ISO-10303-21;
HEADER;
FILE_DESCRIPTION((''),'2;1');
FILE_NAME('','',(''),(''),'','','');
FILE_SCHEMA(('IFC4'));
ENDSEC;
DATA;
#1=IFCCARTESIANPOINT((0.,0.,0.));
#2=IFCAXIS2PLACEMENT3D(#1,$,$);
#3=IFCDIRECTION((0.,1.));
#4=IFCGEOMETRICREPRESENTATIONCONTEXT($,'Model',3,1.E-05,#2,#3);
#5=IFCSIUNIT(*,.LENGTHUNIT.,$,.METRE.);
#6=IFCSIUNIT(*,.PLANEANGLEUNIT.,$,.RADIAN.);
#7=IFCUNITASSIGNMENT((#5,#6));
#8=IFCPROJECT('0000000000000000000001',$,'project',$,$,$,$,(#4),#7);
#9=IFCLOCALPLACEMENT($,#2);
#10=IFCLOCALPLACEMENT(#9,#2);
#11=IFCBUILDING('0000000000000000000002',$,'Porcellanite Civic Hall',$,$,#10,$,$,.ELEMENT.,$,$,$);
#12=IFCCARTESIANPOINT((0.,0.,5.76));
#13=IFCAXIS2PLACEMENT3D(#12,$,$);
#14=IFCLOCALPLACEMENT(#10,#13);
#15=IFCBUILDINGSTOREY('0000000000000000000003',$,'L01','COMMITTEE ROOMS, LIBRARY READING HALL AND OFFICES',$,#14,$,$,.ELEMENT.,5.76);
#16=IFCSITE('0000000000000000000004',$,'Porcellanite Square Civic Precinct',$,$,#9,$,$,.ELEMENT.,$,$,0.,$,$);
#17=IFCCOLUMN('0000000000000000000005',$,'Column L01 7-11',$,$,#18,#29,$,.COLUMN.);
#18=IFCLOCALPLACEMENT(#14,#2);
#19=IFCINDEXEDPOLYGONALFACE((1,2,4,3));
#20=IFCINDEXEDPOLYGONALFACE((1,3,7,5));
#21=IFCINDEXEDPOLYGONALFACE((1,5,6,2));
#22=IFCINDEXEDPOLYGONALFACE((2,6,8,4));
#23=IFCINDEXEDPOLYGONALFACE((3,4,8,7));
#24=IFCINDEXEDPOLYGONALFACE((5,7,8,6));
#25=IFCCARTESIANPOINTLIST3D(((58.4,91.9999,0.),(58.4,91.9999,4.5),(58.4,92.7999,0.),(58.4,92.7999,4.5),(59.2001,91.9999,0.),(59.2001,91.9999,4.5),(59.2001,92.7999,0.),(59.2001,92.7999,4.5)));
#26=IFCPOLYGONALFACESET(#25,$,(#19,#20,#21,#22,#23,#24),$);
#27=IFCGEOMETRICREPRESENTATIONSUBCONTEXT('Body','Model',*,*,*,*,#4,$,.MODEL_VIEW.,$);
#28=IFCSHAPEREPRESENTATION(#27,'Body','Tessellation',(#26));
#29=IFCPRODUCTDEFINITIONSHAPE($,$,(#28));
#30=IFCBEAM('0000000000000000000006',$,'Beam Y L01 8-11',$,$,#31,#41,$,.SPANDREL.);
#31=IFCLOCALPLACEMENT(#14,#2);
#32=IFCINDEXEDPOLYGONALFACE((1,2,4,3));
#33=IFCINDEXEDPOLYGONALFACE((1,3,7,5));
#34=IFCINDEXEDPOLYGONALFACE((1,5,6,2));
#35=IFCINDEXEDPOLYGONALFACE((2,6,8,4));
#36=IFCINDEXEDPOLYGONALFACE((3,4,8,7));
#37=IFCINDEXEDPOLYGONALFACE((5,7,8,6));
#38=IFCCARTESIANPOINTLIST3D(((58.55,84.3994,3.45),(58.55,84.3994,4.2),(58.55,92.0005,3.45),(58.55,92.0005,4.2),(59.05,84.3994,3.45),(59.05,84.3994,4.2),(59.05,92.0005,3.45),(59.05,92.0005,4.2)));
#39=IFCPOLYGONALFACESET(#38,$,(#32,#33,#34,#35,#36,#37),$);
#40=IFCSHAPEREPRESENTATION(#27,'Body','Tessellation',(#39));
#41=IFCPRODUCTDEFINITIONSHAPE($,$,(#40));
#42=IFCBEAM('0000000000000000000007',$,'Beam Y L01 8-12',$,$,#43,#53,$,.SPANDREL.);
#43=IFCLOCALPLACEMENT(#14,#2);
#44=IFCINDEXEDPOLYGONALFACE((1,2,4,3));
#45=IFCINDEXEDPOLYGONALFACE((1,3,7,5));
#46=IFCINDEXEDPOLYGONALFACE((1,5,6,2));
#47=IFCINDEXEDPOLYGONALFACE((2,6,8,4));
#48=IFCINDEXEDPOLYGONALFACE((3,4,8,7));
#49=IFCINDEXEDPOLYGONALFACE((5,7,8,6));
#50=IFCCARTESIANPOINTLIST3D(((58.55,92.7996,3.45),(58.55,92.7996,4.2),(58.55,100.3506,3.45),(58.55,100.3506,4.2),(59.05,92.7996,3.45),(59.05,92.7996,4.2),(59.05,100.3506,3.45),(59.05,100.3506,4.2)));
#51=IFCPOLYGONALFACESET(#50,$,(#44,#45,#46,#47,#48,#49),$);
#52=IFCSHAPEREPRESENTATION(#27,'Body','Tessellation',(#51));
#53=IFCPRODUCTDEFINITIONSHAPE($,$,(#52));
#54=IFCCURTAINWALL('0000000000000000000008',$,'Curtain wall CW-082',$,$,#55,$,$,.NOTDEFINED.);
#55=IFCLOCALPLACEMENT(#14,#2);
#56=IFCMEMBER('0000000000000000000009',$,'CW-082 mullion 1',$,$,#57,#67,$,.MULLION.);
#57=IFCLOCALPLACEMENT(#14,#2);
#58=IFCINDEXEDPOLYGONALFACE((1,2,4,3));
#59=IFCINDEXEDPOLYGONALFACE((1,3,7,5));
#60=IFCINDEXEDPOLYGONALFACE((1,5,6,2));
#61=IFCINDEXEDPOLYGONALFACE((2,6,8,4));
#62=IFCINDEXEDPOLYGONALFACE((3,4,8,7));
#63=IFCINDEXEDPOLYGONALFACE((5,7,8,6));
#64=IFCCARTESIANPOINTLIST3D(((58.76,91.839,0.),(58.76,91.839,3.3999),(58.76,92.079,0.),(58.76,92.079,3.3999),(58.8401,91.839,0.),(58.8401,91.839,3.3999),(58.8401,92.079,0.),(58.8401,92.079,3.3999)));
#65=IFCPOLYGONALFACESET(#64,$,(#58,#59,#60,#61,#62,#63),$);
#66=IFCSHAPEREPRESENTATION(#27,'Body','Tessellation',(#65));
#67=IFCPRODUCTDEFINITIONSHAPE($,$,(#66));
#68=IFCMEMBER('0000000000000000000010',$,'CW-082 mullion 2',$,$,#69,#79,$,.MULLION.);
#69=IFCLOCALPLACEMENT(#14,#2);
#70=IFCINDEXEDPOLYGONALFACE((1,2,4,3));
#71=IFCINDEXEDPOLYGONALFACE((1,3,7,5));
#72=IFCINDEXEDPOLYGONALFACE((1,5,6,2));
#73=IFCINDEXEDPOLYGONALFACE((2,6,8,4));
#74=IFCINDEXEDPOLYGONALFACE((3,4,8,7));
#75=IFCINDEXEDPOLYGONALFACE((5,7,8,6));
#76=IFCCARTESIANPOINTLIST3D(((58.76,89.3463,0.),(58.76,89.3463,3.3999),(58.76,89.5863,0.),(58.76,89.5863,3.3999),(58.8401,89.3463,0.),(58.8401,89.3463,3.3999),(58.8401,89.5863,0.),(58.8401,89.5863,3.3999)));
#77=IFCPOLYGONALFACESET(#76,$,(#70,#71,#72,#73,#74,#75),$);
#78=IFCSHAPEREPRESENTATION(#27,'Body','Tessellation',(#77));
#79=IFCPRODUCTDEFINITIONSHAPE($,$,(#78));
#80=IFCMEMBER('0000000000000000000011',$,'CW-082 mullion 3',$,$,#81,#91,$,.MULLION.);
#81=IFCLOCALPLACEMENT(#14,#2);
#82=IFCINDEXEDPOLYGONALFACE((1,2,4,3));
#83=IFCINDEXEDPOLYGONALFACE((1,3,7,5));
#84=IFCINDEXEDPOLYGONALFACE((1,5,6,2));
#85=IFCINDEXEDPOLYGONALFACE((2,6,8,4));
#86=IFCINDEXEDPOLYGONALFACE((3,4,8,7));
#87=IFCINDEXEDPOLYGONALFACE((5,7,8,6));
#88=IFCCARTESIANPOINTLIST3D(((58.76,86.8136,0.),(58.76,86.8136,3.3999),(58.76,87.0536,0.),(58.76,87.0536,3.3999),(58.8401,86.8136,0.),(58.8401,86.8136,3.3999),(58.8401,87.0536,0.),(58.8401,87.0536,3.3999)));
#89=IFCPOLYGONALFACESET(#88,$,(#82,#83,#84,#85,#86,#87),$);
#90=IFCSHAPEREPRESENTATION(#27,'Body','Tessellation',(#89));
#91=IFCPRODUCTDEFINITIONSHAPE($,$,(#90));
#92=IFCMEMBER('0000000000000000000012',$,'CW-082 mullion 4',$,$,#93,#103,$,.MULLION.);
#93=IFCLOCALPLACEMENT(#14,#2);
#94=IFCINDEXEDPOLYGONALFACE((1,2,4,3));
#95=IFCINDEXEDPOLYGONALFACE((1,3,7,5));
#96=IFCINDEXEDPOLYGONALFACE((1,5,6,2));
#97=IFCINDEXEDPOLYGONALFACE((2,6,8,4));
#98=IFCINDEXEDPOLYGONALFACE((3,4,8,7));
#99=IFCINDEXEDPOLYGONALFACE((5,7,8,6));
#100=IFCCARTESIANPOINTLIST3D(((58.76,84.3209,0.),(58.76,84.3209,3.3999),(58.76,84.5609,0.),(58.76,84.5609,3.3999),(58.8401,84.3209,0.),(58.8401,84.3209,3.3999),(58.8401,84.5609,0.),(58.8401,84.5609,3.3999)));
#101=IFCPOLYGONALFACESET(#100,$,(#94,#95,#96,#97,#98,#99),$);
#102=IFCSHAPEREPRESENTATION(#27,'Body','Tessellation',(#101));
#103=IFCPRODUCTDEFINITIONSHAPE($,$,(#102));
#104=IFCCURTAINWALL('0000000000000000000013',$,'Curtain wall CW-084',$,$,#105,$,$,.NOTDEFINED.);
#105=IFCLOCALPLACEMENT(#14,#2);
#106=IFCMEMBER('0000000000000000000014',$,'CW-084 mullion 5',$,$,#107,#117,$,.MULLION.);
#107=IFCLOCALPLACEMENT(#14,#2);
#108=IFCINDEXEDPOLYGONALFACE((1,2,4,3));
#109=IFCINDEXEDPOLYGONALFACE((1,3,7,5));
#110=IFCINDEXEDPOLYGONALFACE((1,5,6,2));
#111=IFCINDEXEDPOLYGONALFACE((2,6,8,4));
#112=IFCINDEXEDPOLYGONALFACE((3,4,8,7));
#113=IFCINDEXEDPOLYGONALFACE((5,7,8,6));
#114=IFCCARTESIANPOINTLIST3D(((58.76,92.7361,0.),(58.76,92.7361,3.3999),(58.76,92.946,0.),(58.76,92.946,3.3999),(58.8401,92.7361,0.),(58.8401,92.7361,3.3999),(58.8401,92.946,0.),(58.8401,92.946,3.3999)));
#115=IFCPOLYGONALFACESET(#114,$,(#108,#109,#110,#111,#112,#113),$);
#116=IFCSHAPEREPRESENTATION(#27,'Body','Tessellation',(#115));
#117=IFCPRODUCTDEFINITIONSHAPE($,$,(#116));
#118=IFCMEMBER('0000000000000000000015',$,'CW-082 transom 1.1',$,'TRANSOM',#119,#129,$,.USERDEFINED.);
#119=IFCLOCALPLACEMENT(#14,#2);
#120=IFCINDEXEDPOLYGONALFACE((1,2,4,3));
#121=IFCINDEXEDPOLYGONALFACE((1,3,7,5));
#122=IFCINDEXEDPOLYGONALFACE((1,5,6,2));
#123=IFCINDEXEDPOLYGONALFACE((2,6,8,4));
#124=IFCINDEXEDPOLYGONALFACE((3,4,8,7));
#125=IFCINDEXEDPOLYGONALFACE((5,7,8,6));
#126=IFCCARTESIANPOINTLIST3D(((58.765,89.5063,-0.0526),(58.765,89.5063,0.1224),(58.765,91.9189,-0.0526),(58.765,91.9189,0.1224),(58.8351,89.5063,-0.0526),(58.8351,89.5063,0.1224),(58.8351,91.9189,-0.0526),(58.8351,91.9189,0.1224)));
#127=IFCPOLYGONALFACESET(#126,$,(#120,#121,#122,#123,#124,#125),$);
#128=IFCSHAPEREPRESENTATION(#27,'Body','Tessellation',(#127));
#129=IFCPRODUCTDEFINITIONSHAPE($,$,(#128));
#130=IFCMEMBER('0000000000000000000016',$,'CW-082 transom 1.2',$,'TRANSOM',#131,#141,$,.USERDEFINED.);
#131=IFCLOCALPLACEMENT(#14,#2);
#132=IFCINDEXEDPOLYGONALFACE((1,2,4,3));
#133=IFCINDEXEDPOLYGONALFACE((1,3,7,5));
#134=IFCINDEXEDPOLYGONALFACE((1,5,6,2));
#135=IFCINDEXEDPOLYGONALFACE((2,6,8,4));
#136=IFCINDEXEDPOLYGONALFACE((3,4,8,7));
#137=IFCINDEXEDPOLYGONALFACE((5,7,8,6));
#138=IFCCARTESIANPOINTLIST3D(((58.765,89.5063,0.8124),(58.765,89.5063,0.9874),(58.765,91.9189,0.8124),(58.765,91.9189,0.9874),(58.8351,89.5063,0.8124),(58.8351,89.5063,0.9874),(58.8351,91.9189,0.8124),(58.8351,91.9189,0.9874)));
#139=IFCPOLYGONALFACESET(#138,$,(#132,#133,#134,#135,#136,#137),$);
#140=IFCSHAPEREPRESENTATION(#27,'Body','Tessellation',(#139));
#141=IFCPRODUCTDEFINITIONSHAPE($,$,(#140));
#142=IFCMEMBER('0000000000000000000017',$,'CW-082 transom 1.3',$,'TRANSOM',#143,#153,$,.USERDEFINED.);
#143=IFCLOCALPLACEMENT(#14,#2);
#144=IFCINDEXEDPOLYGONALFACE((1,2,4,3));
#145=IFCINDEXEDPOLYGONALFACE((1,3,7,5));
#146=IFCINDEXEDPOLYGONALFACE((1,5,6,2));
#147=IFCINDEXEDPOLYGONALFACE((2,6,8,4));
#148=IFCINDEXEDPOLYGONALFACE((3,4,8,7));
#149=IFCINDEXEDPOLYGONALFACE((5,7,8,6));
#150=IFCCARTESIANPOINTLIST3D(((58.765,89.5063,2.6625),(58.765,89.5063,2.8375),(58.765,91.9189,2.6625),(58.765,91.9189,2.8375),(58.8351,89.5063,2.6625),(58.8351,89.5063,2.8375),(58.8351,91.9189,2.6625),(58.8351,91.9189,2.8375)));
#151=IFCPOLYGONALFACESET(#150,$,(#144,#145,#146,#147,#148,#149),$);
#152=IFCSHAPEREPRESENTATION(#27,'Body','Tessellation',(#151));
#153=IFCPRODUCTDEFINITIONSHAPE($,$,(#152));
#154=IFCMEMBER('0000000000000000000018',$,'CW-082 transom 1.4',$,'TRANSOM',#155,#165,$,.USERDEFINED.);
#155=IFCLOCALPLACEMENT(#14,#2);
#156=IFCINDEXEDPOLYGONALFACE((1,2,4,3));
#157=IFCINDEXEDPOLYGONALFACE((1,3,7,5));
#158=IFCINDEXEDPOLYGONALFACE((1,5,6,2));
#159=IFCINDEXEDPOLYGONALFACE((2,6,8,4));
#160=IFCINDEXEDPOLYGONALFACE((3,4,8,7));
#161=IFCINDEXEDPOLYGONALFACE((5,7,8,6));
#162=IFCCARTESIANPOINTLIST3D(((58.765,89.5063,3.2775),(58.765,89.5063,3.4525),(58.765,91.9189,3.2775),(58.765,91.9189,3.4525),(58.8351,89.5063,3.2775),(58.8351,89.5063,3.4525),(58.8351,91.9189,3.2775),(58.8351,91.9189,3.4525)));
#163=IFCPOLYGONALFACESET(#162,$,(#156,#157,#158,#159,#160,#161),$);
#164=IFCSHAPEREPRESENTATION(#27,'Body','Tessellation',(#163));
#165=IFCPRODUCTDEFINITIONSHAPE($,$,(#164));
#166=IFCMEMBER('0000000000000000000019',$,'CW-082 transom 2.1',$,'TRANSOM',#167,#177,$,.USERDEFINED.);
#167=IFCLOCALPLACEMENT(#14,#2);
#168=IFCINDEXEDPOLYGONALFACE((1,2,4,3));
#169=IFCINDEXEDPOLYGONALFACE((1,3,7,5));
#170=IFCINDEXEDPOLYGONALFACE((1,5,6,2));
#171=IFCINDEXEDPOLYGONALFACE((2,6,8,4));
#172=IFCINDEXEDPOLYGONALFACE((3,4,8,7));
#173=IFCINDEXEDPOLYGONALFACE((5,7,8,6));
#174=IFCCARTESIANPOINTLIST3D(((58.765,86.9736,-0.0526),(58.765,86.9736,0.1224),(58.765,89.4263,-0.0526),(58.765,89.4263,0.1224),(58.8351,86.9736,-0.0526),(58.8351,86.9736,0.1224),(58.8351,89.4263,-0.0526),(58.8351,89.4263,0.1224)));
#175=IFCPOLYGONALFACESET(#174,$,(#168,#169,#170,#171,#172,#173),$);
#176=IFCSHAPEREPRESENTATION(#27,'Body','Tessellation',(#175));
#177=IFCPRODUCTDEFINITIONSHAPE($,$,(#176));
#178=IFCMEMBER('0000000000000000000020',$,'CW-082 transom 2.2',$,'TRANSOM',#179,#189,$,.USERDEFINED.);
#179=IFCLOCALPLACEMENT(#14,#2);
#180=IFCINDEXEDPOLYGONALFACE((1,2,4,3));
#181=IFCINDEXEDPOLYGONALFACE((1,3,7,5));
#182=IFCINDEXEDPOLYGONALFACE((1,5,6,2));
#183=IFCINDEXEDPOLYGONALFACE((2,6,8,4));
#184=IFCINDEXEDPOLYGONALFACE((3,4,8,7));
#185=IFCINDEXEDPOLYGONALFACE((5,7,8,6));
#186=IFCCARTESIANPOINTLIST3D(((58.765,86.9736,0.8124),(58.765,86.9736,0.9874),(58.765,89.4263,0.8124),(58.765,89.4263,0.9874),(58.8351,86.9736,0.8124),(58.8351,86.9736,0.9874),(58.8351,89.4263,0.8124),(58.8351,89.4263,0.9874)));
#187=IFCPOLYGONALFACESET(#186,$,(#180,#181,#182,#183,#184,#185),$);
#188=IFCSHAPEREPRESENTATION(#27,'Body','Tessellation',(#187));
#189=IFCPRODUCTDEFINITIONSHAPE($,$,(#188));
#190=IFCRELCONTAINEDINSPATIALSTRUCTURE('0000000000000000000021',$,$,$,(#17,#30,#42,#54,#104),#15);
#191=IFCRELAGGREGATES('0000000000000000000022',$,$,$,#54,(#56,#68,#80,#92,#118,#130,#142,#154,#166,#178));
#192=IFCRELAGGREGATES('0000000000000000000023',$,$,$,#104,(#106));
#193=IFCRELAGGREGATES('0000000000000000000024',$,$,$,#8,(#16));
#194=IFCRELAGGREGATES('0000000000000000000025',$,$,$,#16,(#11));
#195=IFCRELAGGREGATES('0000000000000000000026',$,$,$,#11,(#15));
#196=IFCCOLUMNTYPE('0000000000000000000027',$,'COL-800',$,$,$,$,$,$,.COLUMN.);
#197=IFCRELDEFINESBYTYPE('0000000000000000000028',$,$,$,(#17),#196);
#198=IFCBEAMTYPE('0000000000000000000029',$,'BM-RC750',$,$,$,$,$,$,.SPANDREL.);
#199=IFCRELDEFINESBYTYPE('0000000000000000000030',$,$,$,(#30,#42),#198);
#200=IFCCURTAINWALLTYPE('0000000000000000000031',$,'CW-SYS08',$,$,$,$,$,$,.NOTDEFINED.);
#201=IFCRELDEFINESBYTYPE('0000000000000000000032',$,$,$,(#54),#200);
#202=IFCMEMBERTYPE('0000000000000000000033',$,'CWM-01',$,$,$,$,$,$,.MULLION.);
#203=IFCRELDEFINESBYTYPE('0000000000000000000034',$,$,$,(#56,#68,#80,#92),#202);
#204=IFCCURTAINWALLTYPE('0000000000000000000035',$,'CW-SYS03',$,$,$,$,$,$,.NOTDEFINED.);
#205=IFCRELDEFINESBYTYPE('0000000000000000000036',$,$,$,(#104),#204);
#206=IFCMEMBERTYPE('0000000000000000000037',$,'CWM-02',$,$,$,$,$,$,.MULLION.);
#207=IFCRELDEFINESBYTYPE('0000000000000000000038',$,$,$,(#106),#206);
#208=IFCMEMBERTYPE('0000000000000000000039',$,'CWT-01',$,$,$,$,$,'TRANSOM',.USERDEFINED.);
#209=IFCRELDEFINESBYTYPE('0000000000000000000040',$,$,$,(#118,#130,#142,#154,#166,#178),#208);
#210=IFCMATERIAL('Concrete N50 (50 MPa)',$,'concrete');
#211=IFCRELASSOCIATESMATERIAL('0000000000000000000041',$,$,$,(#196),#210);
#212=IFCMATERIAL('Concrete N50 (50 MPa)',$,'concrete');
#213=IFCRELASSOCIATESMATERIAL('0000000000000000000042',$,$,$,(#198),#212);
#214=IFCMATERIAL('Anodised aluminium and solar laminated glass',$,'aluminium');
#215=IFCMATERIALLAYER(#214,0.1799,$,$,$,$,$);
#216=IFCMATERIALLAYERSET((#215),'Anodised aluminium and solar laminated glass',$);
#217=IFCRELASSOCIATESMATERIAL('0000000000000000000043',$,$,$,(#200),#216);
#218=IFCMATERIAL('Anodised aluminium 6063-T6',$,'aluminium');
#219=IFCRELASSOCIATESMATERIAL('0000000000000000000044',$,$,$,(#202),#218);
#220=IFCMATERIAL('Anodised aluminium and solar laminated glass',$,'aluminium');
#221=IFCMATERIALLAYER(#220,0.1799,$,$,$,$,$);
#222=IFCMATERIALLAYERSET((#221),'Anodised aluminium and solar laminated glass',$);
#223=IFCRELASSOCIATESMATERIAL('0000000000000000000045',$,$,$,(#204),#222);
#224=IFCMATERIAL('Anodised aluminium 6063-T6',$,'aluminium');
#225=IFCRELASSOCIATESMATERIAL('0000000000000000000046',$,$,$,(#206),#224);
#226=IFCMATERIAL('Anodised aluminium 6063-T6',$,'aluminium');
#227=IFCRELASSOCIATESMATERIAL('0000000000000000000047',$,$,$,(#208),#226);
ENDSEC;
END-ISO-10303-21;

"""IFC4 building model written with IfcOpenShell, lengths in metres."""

from ifc_helpers import new_model, si_unit, direction, frame, origin, origin_2d, place, context, subcontext, project, spatial, rectangle, extrude, material, layer, layer_set, material_profile, profile_set, type_object, element, aggregate, save


model = new_model("IFC4")

# Units and contexts
model_context = context("Model", 3, precision=1e-05, world=origin(), true_north=direction((0.0, 1.0)))
body_context = subcontext(model_context, "Body", "Model", "MODEL_VIEW")
ifc_project = project(units=[si_unit("LENGTHUNIT", "METRE"), si_unit("PLANEANGLEUNIT", "RADIAN")], contexts=[model_context])

# Site, building, storey
site_placement = place(None, origin())
site = spatial("IfcSite", under=ifc_project, at=site_placement, Name="Porcellanite Square Civic Precinct", CompositionType="ELEMENT", RefElevation=0.0)
building_placement = place(site_placement, origin())
building = spatial("IfcBuilding", under=site, at=building_placement, Name="Porcellanite Civic Hall", CompositionType="ELEMENT")
storey_placement = place(building_placement, frame((0.0, 0.0, 5.76)))
storey = spatial("IfcBuildingStorey", under=building, at=storey_placement, Name="L01", Description="COMMITTEE ROOMS, LIBRARY READING HALL AND OFFICES", CompositionType="ELEMENT", Elevation=5.76)

# Column
ifc_material_1 = material(Name="Concrete N50 (50 MPa)", Category="concrete")
ifc_material_profile_1 = material_profile(ifc_material_1, rectangle(XDim=0.8, YDim=0.8, at=origin_2d()), Name="RC-800x800")
ifc_profile_set_1 = profile_set([ifc_material_profile_1], Name="Concrete N50 (50 MPa)")
column_type = type_object("IfcColumnType", Name="COL-800", PredefinedType="COLUMN", material=ifc_profile_set_1)
column_placement = place(storey_placement, frame((58.8, 92.3999, 0.0), z_axis=(0.0, 0.0, 1.0), x_axis=(1.0, 0.0, 0.0)))
element("IfcColumn", 1, at=column_placement, inside=storey, type_object=column_type, Name="Column L01 7-11", PredefinedType="COLUMN", context=body_context, shape_type="SweptSolid", body=[
    extrude(rectangle(XDim=0.8, YDim=0.8, at=origin_2d()), origin(), (0.0, 0.0, 1.0), 4.5),
])

# Beams
ifc_material_2 = material(Name="Concrete N50 (50 MPa)", Category="concrete")
ifc_material_profile_2 = material_profile(ifc_material_2, rectangle(XDim=0.5, YDim=0.75, at=origin_2d()), Name="RC-500x750")
ifc_profile_set_2 = profile_set([ifc_material_profile_2], Name="Concrete N50 (50 MPa)")
beam_type = type_object("IfcBeamType", Name="BM-RC750", PredefinedType="SPANDREL", material=ifc_profile_set_2)
beam_1_placement = place(storey_placement, frame((58.8, 84.3994, 3.825), z_axis=(0.0, 1.0, 0.0), x_axis=(-1.0, 0.0, 0.0)))
element("IfcBeam", 2, at=beam_1_placement, inside=storey, type_object=beam_type, Name="Beam Y L01 8-11", PredefinedType="SPANDREL", context=body_context, shape_type="SweptSolid", body=[
    extrude(rectangle(XDim=0.5, YDim=0.75, at=origin_2d()), origin(), (0.0, 0.0, 1.0), 7.6011),
])
beam_2_placement = place(storey_placement, frame((58.8, 92.7996, 3.825), z_axis=(0.0, 1.0, 0.0), x_axis=(-1.0, 0.0, 0.0)))
element("IfcBeam", 3, at=beam_2_placement, inside=storey, type_object=beam_type, Name="Beam Y L01 8-12", PredefinedType="SPANDREL", context=body_context, shape_type="SweptSolid", body=[
    extrude(rectangle(XDim=0.5, YDim=0.75, at=origin_2d()), origin(), (0.0, 0.0, 1.0), 7.551),
])

# Curtain wall, members
ifc_material_3 = material(Name="Anodised aluminium and solar laminated glass", Category="aluminium")
ifc_layer_1 = layer(ifc_material_3, 0.1799)
ifc_layer_set_1 = layer_set([ifc_layer_1], Name="Anodised aluminium and solar laminated glass")
curtain_wall_type_1 = type_object("IfcCurtainWallType", Name="CW-SYS08", PredefinedType="NOTDEFINED", material=ifc_layer_set_1)
curtain_wall_1_placement = place(storey_placement, origin())
curtain_wall_1 = element("IfcCurtainWall", 4, at=curtain_wall_1_placement, inside=storey, type_object=curtain_wall_type_1, Name="Curtain wall CW-082", PredefinedType="NOTDEFINED")
ifc_material_4 = material(Name="Anodised aluminium 6063-T6", Category="aluminium")
ifc_material_profile_3 = material_profile(ifc_material_4, rectangle(XDim=0.0801, YDim=0.24, at=origin_2d()), Name="AL-80x240")
ifc_profile_set_3 = profile_set([ifc_material_profile_3], Name="Anodised aluminium 6063-T6")
member_type_1 = type_object("IfcMemberType", Name="CWM-01", PredefinedType="MULLION", material=ifc_profile_set_3)
member_1_placement = place(storey_placement, frame((58.8, 91.959, 0.0), z_axis=(0.0, 0.0, 1.0), x_axis=(1.0, 0.0, 0.0)))
member_1 = element("IfcMember", 5, at=member_1_placement, type_object=member_type_1, Name="CW-082 mullion 1", PredefinedType="MULLION", context=body_context, shape_type="SweptSolid", body=[
    extrude(rectangle(XDim=0.0801, YDim=0.24, at=origin_2d()), origin(), (0.0, 0.0, 1.0), 3.3999),
])
member_2_placement = place(storey_placement, frame((58.8, 89.4663, 0.0), z_axis=(0.0, 0.0, 1.0), x_axis=(1.0, 0.0, 0.0)))
member_2 = element("IfcMember", 6, at=member_2_placement, type_object=member_type_1, Name="CW-082 mullion 2", PredefinedType="MULLION", context=body_context, shape_type="SweptSolid", body=[
    extrude(rectangle(XDim=0.0801, YDim=0.24, at=origin_2d()), origin(), (0.0, 0.0, 1.0), 3.3999),
])
member_3_placement = place(storey_placement, frame((58.8, 86.9336, 0.0), z_axis=(0.0, 0.0, 1.0), x_axis=(1.0, 0.0, 0.0)))
member_3 = element("IfcMember", 7, at=member_3_placement, type_object=member_type_1, Name="CW-082 mullion 3", PredefinedType="MULLION", context=body_context, shape_type="SweptSolid", body=[
    extrude(rectangle(XDim=0.0801, YDim=0.24, at=origin_2d()), origin(), (0.0, 0.0, 1.0), 3.3999),
])
member_4_placement = place(storey_placement, frame((58.8, 84.4409, 0.0), z_axis=(0.0, 0.0, 1.0), x_axis=(1.0, 0.0, 0.0)))
member_4 = element("IfcMember", 8, at=member_4_placement, type_object=member_type_1, Name="CW-082 mullion 4", PredefinedType="MULLION", context=body_context, shape_type="SweptSolid", body=[
    extrude(rectangle(XDim=0.0801, YDim=0.24, at=origin_2d()), origin(), (0.0, 0.0, 1.0), 3.3999),
])

# Curtain wall, member
ifc_material_5 = material(Name="Anodised aluminium and solar laminated glass", Category="aluminium")
ifc_layer_2 = layer(ifc_material_5, 0.1799)
ifc_layer_set_2 = layer_set([ifc_layer_2], Name="Anodised aluminium and solar laminated glass")
curtain_wall_type_2 = type_object("IfcCurtainWallType", Name="CW-SYS03", PredefinedType="NOTDEFINED", material=ifc_layer_set_2)
curtain_wall_2_placement = place(storey_placement, origin())
curtain_wall_2 = element("IfcCurtainWall", 9, at=curtain_wall_2_placement, inside=storey, type_object=curtain_wall_type_2, Name="Curtain wall CW-084", PredefinedType="NOTDEFINED")
ifc_material_6 = material(Name="Anodised aluminium 6063-T6", Category="aluminium")
ifc_material_profile_4 = material_profile(ifc_material_6, rectangle(XDim=0.0801, YDim=0.21, at=origin_2d()), Name="AL-80x210")
ifc_profile_set_4 = profile_set([ifc_material_profile_4], Name="Anodised aluminium 6063-T6")
member_type_2 = type_object("IfcMemberType", Name="CWM-02", PredefinedType="MULLION", material=ifc_profile_set_4)
member_5_placement = place(storey_placement, frame((58.8, 92.8411, 0.0), z_axis=(0.0, 0.0, 1.0), x_axis=(1.0, 0.0, 0.0)))
member_5 = element("IfcMember", 10, at=member_5_placement, type_object=member_type_2, Name="CW-084 mullion 5", PredefinedType="MULLION", context=body_context, shape_type="SweptSolid", body=[
    extrude(rectangle(XDim=0.0801, YDim=0.21, at=origin_2d()), origin(), (0.0, 0.0, 1.0), 3.3999),
])

# Members
ifc_material_7 = material(Name="Anodised aluminium 6063-T6", Category="aluminium")
ifc_material_profile_5 = material_profile(ifc_material_7, rectangle(XDim=0.0701, YDim=0.175, at=origin_2d()), Name="AL-70x175")
ifc_profile_set_5 = profile_set([ifc_material_profile_5], Name="Anodised aluminium 6063-T6")
member_type_3 = type_object("IfcMemberType", Name="CWT-01", ElementType="TRANSOM", PredefinedType="USERDEFINED", material=ifc_profile_set_5)
member_6_placement = place(storey_placement, frame((58.8, 91.9189, 0.0349), z_axis=(0.0, -1.0, 0.0), x_axis=(1.0, 0.0, 0.0)))
member_6 = element("IfcMember", 11, at=member_6_placement, type_object=member_type_3, Name="CW-082 transom 1.1", ObjectType="TRANSOM", PredefinedType="USERDEFINED", context=body_context, shape_type="SweptSolid", body=[
    extrude(rectangle(XDim=0.0701, YDim=0.175, at=origin_2d()), origin(), (0.0, 0.0, 1.0), 2.4126),
])
member_7_placement = place(storey_placement, frame((58.8, 91.9189, 0.8999), z_axis=(0.0, -1.0, 0.0), x_axis=(1.0, 0.0, 0.0)))
member_7 = element("IfcMember", 12, at=member_7_placement, type_object=member_type_3, Name="CW-082 transom 1.2", ObjectType="TRANSOM", PredefinedType="USERDEFINED", context=body_context, shape_type="SweptSolid", body=[
    extrude(rectangle(XDim=0.0701, YDim=0.175, at=origin_2d()), origin(), (0.0, 0.0, 1.0), 2.4126),
])
member_8_placement = place(storey_placement, frame((58.8, 91.9189, 2.75), z_axis=(0.0, -1.0, 0.0), x_axis=(1.0, 0.0, 0.0)))
member_8 = element("IfcMember", 13, at=member_8_placement, type_object=member_type_3, Name="CW-082 transom 1.3", ObjectType="TRANSOM", PredefinedType="USERDEFINED", context=body_context, shape_type="SweptSolid", body=[
    extrude(rectangle(XDim=0.0701, YDim=0.175, at=origin_2d()), origin(), (0.0, 0.0, 1.0), 2.4126),
])
member_9_placement = place(storey_placement, frame((58.8, 91.9189, 3.365), z_axis=(0.0, -1.0, 0.0), x_axis=(1.0, 0.0, 0.0)))
member_9 = element("IfcMember", 14, at=member_9_placement, type_object=member_type_3, Name="CW-082 transom 1.4", ObjectType="TRANSOM", PredefinedType="USERDEFINED", context=body_context, shape_type="SweptSolid", body=[
    extrude(rectangle(XDim=0.0701, YDim=0.175, at=origin_2d()), origin(), (0.0, 0.0, 1.0), 2.4126),
])
member_10_placement = place(storey_placement, frame((58.8, 89.4263, 0.0349), z_axis=(0.0, -1.0, 0.0), x_axis=(1.0, 0.0, 0.0)))
member_10 = element("IfcMember", 15, at=member_10_placement, type_object=member_type_3, Name="CW-082 transom 2.1", ObjectType="TRANSOM", PredefinedType="USERDEFINED", context=body_context, shape_type="SweptSolid", body=[
    extrude(rectangle(XDim=0.0701, YDim=0.175, at=origin_2d()), origin(), (0.0, 0.0, 1.0), 2.4526),
])
member_11_placement = place(storey_placement, frame((58.8, 89.4263, 0.8999), z_axis=(0.0, -1.0, 0.0), x_axis=(1.0, 0.0, 0.0)))
member_11 = element("IfcMember", 16, at=member_11_placement, type_object=member_type_3, Name="CW-082 transom 2.2", ObjectType="TRANSOM", PredefinedType="USERDEFINED", context=body_context, shape_type="SweptSolid", body=[
    extrude(rectangle(XDim=0.0701, YDim=0.175, at=origin_2d()), origin(), (0.0, 0.0, 1.0), 2.4526),
])

aggregate(curtain_wall_1, [member_1, member_2, member_3, member_4, member_6, member_7, member_8, member_9, member_10, member_11])
aggregate(curtain_wall_2, [member_5])

save(model, "model.ifc")
